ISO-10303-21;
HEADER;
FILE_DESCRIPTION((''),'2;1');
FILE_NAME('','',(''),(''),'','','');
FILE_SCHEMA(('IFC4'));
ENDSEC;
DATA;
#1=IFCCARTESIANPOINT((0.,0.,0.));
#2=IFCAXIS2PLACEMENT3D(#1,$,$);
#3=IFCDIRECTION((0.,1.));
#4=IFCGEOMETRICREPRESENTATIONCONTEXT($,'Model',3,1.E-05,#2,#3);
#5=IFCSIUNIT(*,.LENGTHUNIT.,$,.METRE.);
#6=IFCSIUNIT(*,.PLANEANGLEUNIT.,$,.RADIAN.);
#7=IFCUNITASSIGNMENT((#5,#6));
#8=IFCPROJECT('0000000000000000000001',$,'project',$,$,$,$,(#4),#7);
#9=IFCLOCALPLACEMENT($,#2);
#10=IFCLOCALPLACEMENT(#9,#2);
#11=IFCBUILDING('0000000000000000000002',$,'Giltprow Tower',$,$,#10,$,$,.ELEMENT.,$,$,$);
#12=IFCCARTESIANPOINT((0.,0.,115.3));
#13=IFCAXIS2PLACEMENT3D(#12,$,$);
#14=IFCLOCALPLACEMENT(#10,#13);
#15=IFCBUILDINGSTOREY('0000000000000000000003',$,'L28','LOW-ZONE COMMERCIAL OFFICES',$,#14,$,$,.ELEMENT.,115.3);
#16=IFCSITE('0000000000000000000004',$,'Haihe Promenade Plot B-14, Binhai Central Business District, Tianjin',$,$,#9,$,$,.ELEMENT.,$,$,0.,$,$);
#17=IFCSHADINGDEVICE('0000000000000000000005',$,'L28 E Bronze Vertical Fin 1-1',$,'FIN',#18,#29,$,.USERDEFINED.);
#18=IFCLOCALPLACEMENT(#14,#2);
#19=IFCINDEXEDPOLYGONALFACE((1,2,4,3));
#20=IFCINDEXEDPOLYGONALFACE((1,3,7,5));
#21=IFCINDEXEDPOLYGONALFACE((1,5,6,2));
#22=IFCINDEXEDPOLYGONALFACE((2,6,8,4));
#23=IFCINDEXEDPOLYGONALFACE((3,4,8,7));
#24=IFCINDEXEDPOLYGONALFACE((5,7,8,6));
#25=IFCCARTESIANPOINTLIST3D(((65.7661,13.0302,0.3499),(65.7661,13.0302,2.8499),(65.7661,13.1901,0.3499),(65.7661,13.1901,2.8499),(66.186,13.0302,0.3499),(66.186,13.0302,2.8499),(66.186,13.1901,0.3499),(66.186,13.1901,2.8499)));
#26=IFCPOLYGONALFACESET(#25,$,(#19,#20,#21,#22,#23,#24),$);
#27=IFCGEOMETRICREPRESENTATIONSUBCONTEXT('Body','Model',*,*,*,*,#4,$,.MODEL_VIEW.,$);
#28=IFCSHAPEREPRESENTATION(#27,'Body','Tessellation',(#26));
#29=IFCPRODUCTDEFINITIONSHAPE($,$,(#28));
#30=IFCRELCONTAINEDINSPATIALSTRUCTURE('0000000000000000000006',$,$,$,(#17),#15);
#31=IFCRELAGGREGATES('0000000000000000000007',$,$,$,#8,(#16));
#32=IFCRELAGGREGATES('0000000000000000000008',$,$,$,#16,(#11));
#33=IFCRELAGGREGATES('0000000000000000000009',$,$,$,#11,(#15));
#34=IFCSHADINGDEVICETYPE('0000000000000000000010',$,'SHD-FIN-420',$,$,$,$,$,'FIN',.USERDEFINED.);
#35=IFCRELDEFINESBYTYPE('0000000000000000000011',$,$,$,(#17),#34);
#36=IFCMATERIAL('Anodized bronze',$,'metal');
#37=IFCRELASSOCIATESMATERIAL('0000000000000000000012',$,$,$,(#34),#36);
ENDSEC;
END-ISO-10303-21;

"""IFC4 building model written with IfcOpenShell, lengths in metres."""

from ifc_helpers import new_model, si_unit, direction, frame, origin, origin_2d, place, context, subcontext, project, spatial, rectangle, extrude, source, transform, mapped, material, type_object, element, save


model = new_model("IFC4")

# Units and contexts
model_context = context("Model", 3, precision=1e-05, world=origin(), true_north=direction((0.0, 1.0)))
body_context = subcontext(model_context, "Body", "Model", "MODEL_VIEW")
ifc_project = project(units=[si_unit("LENGTHUNIT", "METRE"), si_unit("PLANEANGLEUNIT", "RADIAN")], contexts=[model_context])

# Site, building, storey
site_placement = place(None, origin())
site = spatial("IfcSite", under=ifc_project, at=site_placement, Name="Haihe Promenade Plot B-14, Binhai Central Business District, Tianjin", CompositionType="ELEMENT", RefElevation=0.0)
building_placement = place(site_placement, origin())
building = spatial("IfcBuilding", under=site, at=building_placement, Name="Giltprow Tower", CompositionType="ELEMENT")
storey_placement = place(building_placement, frame((0.0, 0.0, 115.3)))
storey = spatial("IfcBuildingStorey", under=building, at=storey_placement, Name="L28", Description="LOW-ZONE COMMERCIAL OFFICES", CompositionType="ELEMENT", Elevation=115.3)

# Shared definitions
ifc_material_1 = material(Name="Anodized bronze", Category="metal")

# Shading device
shading_device_type = type_object("IfcShadingDeviceType", Name="SHD-FIN-420", ElementType="FIN", PredefinedType="USERDEFINED", material=ifc_material_1)
shared_shape_1 = source(origin(), body_context, "Body", "SweptSolid", [
    extrude(rectangle(XDim=0.4199, YDim=0.1599, at=origin_2d()), origin(), (0.0, 0.0, 1.0), 2.5),
])
shading_device_placement = place(storey_placement, frame((65.9761, 13.1101, 0.3499), z_axis=(0.0, 0.0, 1.0), x_axis=(1.0, 0.0, 0.0)))
element("IfcShadingDevice", 1, at=shading_device_placement, inside=storey, type_object=shading_device_type, Name="L28 E Bronze Vertical Fin 1-1", ObjectType="FIN", PredefinedType="USERDEFINED", context=body_context, shape_type="MappedRepresentation", body=[
    mapped(shared_shape_1, transform((0.0, 0.0, 0.0), x_axis=(1.0, 0.0, 0.0), y_axis=(0.0, 1.0, 0.0), z_axis=(0.0, 0.0, 1.0), scale=1.0)),
])

save(model, "model.ifc")
